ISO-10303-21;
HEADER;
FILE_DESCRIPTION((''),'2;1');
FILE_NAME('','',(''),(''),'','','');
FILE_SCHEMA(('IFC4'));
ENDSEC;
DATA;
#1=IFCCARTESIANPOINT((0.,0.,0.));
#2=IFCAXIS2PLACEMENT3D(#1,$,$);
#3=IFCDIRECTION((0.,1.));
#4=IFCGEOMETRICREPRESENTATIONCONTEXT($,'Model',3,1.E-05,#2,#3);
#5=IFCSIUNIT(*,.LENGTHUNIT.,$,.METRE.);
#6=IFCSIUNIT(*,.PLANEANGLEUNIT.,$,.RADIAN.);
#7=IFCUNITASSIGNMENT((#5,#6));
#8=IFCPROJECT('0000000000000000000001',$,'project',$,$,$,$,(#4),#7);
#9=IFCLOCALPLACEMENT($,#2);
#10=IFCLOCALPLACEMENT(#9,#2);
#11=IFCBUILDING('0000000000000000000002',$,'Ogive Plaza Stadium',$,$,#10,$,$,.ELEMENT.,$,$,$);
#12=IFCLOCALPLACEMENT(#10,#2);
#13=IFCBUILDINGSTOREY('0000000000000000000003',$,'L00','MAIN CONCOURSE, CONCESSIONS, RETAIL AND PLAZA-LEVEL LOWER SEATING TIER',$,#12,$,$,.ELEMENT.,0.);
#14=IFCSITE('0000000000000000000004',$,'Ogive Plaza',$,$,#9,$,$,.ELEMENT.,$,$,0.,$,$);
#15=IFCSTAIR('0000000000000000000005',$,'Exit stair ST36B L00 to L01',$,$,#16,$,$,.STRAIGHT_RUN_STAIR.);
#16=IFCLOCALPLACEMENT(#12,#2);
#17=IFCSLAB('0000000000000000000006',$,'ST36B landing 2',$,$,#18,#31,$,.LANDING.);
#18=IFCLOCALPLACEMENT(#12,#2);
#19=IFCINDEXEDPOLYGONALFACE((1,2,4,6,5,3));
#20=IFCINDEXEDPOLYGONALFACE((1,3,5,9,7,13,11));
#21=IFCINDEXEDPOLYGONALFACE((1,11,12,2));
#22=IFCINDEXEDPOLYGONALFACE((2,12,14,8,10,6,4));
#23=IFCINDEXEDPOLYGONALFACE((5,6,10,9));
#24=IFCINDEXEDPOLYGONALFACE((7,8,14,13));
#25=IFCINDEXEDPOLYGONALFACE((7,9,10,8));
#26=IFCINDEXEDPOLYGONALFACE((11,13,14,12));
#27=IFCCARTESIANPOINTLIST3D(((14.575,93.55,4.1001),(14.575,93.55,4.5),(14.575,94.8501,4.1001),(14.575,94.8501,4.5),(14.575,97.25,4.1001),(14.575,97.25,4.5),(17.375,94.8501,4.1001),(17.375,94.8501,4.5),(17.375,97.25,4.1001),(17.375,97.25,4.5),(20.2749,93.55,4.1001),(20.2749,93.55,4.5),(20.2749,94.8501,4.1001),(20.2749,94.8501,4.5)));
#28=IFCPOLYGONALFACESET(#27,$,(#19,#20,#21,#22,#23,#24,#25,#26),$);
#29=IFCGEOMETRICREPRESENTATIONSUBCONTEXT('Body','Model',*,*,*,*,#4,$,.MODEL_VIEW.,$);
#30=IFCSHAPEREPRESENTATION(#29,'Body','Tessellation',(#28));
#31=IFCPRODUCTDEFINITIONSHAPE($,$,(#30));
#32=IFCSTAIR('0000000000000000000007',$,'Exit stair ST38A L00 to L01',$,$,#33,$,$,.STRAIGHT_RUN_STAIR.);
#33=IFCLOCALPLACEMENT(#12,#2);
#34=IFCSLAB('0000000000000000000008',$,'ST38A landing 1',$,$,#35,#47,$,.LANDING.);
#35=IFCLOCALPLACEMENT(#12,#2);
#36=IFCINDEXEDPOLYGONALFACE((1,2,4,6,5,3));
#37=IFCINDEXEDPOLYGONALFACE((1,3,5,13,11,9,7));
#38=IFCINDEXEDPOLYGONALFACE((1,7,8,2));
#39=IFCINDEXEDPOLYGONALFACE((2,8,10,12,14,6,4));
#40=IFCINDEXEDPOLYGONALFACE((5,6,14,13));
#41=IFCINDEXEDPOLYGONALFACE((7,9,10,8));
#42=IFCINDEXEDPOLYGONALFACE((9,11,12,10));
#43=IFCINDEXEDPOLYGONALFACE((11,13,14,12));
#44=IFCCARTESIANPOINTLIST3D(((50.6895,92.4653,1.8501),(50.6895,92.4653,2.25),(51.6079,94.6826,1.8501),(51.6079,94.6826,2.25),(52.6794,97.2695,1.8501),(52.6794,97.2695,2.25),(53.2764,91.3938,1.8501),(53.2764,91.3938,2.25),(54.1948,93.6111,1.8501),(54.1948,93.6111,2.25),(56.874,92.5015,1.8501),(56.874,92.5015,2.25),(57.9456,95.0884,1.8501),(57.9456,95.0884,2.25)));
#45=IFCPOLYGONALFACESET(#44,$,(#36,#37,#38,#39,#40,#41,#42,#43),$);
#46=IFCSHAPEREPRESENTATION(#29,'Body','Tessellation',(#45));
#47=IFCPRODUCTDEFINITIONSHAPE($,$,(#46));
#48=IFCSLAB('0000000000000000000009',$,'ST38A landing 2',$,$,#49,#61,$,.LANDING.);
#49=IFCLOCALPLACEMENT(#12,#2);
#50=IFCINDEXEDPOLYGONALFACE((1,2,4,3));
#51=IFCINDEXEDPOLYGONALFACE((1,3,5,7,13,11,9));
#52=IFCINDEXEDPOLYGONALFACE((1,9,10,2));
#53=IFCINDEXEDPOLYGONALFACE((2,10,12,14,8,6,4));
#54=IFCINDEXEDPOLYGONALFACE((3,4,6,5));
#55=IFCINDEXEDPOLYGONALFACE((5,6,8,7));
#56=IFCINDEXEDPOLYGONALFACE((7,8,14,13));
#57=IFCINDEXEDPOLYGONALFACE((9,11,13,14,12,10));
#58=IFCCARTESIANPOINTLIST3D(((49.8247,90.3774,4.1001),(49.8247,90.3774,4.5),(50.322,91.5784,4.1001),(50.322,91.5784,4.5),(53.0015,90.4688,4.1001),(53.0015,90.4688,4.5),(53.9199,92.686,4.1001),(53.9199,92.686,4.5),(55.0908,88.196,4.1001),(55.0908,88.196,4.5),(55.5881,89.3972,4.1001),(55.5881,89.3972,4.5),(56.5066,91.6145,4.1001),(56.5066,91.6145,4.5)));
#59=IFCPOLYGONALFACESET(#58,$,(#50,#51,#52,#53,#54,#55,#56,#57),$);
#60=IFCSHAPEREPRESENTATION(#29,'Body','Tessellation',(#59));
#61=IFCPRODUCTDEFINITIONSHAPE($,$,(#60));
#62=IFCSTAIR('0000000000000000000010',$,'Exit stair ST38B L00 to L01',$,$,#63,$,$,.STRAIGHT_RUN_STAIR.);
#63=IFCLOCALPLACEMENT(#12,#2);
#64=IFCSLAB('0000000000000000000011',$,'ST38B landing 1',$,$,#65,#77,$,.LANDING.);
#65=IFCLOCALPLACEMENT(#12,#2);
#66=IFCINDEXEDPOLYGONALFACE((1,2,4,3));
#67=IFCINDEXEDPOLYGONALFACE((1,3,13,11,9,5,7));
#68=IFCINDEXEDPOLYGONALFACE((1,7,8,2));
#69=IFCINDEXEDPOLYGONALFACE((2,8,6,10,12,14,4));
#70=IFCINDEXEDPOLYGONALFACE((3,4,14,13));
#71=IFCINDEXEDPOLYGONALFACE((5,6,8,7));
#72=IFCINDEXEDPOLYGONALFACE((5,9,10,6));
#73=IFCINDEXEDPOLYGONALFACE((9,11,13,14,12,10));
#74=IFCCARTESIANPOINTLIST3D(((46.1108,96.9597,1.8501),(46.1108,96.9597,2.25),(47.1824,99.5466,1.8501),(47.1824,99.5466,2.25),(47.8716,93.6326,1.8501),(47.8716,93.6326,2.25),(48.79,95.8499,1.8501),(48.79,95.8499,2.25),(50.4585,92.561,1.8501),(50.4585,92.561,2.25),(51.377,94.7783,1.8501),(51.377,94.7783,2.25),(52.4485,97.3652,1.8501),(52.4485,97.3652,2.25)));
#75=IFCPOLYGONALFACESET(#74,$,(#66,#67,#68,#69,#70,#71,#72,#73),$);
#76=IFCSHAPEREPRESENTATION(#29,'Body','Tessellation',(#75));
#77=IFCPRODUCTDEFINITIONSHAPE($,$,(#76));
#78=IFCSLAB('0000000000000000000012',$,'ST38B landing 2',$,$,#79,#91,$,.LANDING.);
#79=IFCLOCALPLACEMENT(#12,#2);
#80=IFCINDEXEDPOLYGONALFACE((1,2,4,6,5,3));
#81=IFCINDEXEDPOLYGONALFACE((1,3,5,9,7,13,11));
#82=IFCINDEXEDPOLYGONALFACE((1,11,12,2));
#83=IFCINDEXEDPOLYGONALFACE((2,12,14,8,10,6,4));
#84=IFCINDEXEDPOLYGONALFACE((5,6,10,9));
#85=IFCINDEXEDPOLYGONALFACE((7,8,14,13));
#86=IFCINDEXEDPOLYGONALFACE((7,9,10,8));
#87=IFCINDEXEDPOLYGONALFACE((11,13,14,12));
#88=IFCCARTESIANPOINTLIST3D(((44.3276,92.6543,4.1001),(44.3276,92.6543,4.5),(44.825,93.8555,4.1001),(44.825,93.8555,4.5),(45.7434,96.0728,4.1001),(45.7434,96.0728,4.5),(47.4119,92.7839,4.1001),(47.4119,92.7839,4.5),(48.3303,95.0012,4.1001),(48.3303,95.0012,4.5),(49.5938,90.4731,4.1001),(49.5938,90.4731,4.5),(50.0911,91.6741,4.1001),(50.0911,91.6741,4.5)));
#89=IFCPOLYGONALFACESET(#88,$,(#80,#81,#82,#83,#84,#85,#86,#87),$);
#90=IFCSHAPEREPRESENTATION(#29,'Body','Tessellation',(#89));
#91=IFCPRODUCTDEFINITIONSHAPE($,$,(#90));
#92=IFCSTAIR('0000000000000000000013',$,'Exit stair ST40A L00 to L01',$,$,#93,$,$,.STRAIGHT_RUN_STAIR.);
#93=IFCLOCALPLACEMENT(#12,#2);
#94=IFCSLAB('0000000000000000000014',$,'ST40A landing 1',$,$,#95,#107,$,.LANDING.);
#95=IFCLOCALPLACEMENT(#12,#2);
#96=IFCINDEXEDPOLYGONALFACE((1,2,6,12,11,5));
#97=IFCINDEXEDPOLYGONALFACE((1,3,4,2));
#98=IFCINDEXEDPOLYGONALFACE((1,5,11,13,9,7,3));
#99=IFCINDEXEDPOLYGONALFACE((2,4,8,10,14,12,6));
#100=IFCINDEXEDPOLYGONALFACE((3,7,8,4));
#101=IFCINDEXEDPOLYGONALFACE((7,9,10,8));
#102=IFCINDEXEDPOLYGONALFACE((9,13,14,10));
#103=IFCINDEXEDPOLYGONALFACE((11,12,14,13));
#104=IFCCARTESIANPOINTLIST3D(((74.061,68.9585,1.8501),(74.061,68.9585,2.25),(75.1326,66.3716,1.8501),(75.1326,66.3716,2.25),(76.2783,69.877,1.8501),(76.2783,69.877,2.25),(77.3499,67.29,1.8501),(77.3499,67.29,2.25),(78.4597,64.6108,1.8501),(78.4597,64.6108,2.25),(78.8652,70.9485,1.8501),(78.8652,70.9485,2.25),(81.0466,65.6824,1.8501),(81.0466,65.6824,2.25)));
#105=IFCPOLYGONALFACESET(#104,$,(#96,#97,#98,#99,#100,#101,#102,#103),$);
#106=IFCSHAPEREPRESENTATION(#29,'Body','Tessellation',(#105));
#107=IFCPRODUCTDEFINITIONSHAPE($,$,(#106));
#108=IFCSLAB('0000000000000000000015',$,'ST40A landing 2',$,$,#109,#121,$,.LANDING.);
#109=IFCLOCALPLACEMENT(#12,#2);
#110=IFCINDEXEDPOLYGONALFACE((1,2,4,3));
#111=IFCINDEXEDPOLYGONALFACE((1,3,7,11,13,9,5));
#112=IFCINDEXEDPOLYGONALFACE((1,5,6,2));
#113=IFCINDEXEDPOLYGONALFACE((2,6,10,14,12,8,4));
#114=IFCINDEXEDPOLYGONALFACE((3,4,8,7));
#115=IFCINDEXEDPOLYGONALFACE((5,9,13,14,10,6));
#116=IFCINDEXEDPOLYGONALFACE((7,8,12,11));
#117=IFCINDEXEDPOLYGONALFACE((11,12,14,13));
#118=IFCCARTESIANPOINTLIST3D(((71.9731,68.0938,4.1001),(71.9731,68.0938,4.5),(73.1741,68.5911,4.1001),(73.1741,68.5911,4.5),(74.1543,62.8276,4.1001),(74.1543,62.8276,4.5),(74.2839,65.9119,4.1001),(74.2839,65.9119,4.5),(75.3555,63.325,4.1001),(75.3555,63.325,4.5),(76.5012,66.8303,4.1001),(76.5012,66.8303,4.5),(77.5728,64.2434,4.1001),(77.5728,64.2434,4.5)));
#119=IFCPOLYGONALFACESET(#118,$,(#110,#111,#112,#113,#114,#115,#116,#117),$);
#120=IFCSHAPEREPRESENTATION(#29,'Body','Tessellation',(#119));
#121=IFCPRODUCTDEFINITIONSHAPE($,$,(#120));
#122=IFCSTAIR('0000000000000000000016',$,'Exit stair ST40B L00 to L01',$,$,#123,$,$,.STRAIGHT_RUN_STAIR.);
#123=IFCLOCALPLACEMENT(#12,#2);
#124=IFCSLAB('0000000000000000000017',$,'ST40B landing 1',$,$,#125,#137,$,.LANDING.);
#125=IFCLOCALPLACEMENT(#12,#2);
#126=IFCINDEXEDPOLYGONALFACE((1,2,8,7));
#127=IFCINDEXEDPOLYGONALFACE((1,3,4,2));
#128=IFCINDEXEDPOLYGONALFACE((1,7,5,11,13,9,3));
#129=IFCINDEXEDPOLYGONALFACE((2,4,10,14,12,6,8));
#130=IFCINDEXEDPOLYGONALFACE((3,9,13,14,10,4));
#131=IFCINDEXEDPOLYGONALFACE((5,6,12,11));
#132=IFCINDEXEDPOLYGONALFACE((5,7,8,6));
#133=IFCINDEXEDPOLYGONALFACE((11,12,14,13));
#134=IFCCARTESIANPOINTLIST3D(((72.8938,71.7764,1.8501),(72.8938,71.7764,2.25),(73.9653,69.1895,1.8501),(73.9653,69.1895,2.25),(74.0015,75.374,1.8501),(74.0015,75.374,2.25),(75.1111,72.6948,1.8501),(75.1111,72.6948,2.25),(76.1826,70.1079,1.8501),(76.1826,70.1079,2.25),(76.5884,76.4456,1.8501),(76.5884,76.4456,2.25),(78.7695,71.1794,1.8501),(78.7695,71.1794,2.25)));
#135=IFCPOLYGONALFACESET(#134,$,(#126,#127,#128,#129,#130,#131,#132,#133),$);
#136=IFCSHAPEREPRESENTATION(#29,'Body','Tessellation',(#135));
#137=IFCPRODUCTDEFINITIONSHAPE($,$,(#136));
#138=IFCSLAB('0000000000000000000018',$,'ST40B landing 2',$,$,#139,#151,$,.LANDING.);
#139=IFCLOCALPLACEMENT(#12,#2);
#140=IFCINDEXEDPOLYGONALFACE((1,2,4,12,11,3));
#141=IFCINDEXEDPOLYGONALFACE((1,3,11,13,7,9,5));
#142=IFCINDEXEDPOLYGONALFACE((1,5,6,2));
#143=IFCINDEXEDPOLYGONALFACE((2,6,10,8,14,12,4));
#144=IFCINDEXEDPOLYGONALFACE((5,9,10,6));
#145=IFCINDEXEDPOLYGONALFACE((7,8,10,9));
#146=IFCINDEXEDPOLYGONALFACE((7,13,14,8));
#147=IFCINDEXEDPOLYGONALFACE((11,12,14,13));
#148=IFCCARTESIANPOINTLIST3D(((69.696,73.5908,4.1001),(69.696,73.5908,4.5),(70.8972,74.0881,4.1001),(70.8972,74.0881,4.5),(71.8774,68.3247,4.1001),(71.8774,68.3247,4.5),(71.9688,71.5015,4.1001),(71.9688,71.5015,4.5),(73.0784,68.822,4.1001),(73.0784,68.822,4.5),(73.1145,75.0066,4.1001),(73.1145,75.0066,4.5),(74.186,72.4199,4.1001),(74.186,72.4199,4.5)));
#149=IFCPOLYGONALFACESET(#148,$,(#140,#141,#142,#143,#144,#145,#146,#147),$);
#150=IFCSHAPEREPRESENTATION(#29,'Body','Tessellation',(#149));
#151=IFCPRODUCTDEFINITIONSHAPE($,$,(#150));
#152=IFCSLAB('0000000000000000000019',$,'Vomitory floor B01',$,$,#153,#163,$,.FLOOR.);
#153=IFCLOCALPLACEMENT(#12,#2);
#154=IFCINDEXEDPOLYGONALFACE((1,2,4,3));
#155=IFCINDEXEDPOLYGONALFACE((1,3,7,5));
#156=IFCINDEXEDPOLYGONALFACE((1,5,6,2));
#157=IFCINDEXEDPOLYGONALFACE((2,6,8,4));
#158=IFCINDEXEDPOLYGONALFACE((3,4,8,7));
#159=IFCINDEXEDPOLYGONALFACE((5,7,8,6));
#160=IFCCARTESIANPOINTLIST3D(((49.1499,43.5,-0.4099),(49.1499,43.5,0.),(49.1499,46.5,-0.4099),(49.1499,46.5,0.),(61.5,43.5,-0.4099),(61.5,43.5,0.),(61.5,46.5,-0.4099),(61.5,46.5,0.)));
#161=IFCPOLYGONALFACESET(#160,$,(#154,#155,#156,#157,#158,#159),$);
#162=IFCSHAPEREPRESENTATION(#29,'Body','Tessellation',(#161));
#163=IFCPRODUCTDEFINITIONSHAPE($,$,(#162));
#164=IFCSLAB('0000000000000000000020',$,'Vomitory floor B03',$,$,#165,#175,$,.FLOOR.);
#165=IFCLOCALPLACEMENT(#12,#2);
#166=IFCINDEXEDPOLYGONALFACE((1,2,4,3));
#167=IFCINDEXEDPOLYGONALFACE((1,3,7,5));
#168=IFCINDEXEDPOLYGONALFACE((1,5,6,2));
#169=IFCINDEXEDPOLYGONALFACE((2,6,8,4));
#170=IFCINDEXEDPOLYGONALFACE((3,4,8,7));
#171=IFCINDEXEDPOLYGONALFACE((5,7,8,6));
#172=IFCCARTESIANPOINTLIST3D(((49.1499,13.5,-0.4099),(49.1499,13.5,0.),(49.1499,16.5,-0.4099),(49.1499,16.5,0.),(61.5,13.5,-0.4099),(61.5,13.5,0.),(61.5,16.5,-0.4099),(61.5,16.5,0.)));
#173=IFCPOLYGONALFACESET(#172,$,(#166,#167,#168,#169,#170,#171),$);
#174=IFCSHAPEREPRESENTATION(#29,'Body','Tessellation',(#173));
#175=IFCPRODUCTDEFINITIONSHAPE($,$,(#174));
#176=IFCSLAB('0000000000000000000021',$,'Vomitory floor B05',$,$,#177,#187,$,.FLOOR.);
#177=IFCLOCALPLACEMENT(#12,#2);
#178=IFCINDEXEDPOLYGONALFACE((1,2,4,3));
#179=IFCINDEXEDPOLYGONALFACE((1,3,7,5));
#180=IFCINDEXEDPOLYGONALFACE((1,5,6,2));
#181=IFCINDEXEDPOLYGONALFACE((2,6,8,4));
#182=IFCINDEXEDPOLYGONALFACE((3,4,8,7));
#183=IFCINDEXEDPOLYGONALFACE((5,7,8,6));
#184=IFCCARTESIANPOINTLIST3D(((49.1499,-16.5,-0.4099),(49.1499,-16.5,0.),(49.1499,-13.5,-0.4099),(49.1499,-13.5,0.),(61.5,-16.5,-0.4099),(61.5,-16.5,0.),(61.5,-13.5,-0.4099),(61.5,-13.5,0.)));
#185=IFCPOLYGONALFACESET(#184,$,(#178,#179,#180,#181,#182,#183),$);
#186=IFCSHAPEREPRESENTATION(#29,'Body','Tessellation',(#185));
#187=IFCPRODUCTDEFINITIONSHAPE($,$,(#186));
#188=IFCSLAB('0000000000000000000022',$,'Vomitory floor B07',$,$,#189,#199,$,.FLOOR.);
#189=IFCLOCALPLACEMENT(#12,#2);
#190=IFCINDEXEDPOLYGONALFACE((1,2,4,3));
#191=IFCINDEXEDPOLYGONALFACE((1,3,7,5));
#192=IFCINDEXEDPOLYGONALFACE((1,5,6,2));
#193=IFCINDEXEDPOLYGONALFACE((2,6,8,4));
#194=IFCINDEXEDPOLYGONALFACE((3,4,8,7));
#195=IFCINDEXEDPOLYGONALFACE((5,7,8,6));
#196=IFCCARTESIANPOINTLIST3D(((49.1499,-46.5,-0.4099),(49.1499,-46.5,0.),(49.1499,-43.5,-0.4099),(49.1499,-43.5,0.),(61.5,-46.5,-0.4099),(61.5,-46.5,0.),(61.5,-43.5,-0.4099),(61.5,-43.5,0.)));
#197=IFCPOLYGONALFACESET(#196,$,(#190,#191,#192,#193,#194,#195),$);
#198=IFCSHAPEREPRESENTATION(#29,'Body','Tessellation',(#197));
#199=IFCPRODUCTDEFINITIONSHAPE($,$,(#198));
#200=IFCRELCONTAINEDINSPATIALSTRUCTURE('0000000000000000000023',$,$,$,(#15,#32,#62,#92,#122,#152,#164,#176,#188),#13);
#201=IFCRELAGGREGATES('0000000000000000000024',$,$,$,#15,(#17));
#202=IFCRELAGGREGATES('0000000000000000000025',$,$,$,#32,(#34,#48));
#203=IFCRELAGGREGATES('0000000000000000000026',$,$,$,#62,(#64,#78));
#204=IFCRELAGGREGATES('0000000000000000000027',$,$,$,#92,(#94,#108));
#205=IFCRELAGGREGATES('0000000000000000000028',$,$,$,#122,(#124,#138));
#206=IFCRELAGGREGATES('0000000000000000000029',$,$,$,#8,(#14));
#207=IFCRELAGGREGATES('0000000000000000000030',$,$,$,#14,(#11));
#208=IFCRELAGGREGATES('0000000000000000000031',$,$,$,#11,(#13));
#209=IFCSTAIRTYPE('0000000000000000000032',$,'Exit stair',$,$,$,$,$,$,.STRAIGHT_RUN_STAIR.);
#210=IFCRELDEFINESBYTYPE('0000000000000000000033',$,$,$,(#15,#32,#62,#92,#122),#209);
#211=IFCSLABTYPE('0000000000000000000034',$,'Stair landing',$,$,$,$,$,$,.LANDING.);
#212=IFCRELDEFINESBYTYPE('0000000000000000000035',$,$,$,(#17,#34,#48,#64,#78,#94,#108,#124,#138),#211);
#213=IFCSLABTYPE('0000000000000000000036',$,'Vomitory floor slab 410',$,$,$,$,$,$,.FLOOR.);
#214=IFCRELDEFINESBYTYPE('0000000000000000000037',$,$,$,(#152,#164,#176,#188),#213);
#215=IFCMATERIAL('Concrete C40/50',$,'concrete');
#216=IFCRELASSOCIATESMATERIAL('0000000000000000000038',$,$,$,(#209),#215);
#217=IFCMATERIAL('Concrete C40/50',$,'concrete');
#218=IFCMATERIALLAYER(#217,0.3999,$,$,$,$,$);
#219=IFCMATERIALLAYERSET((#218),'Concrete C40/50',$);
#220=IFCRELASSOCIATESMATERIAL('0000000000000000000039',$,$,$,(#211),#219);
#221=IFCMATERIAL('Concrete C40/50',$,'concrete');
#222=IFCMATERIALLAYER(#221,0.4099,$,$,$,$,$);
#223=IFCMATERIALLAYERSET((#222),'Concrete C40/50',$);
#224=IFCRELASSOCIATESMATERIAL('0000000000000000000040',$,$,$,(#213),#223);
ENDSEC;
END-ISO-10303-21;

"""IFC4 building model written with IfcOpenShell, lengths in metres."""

from ifc_helpers import new_model, si_unit, direction, frame, origin, place, context, subcontext, project, spatial, polyline, outline, extrude, material, layer, layer_set, type_object, element, aggregate, save


model = new_model("IFC4")

# Units and contexts
model_context = context("Model", 3, precision=1e-05, world=origin(), true_north=direction((0.0, 1.0)))
body_context = subcontext(model_context, "Body", "Model", "MODEL_VIEW")
ifc_project = project(units=[si_unit("LENGTHUNIT", "METRE"), si_unit("PLANEANGLEUNIT", "RADIAN")], contexts=[model_context])

# Site, building, storey
site_placement = place(None, origin())
site = spatial("IfcSite", under=ifc_project, at=site_placement, Name="Ogive Plaza", CompositionType="ELEMENT", RefElevation=0.0)
building_placement = place(site_placement, origin())
building = spatial("IfcBuilding", under=site, at=building_placement, Name="Ogive Plaza Stadium", CompositionType="ELEMENT")
storey_placement = place(building_placement, origin())
storey = spatial("IfcBuildingStorey", under=building, at=storey_placement, Name="L00", Description="MAIN CONCOURSE, CONCESSIONS, RETAIL AND PLAZA-LEVEL LOWER SEATING TIER", CompositionType="ELEMENT", Elevation=0.0)

# Stairs, slabs
ifc_material_1 = material(Name="Concrete C40/50", Category="concrete")
stair_type = type_object("IfcStairType", Name="Exit stair", PredefinedType="STRAIGHT_RUN_STAIR", material=ifc_material_1)
stair_1_placement = place(storey_placement, origin())
stair_1 = element("IfcStair", 1, at=stair_1_placement, inside=storey, type_object=stair_type, Name="Exit stair ST36B L00 to L01", PredefinedType="STRAIGHT_RUN_STAIR")
ifc_material_2 = material(Name="Concrete C40/50", Category="concrete")
ifc_layer_1 = layer(ifc_material_2, 0.3999)
ifc_layer_set_1 = layer_set([ifc_layer_1], Name="Concrete C40/50")
slab_type_1 = type_object("IfcSlabType", Name="Stair landing", PredefinedType="LANDING", material=ifc_layer_set_1)
slab_1_placement = place(storey_placement, frame((0.0, 0.0, 4.1001)))
slab_1 = element("IfcSlab", 2, at=slab_1_placement, type_object=slab_type_1, Name="ST36B landing 2", PredefinedType="LANDING", context=body_context, shape_type="SweptSolid", body=[
    extrude(outline(polyline([(20.2749, 94.8501), (20.2749, 93.55), (14.575, 93.55), (14.575, 94.8501), (14.575, 97.25), (17.375, 97.25), (17.375, 94.8501), (20.2749, 94.8501)])), origin(), (0.0, 0.0, 1.0), 0.3999),
])
aggregate(stair_1, [slab_1])
stair_2_placement = place(storey_placement, origin())
stair_2 = element("IfcStair", 3, at=stair_2_placement, inside=storey, type_object=stair_type, Name="Exit stair ST38A L00 to L01", PredefinedType="STRAIGHT_RUN_STAIR")
slab_2_placement = place(storey_placement, frame((0.0, 0.0, 1.8501)))
slab_2 = element("IfcSlab", 4, at=slab_2_placement, type_object=slab_type_1, Name="ST38A landing 1", PredefinedType="LANDING", context=body_context, shape_type="SweptSolid", body=[
    extrude(outline(polyline([(52.6794, 97.2695), (57.9456, 95.0884), (56.874, 92.5015), (54.1948, 93.6111), (53.2764, 91.3938), (50.6895, 92.4653), (51.6079, 94.6826), (52.6794, 97.2695)])), origin(), (0.0, 0.0, 1.0), 0.3999),
])
slab_3_placement = place(storey_placement, frame((0.0, 0.0, 4.1001)))
slab_3 = element("IfcSlab", 5, at=slab_3_placement, type_object=slab_type_1, Name="ST38A landing 2", PredefinedType="LANDING", context=body_context, shape_type="SweptSolid", body=[
    extrude(outline(polyline([(53.9199, 92.686), (56.5066, 91.6145), (55.5881, 89.3972), (55.0908, 88.196), (49.8247, 90.3774), (50.322, 91.5784), (53.0015, 90.4688), (53.9199, 92.686)])), origin(), (0.0, 0.0, 1.0), 0.3999),
])
aggregate(stair_2, [slab_2, slab_3])
stair_3_placement = place(storey_placement, origin())
stair_3 = element("IfcStair", 6, at=stair_3_placement, inside=storey, type_object=stair_type, Name="Exit stair ST38B L00 to L01", PredefinedType="STRAIGHT_RUN_STAIR")
slab_4_placement = place(storey_placement, frame((0.0, 0.0, 1.8501)))
slab_4 = element("IfcSlab", 7, at=slab_4_placement, type_object=slab_type_1, Name="ST38B landing 1", PredefinedType="LANDING", context=body_context, shape_type="SweptSolid", body=[
    extrude(outline(polyline([(50.4585, 92.561), (47.8716, 93.6326), (48.79, 95.8499), (46.1108, 96.9597), (47.1824, 99.5466), (52.4485, 97.3652), (51.377, 94.7783), (50.4585, 92.561)])), origin(), (0.0, 0.0, 1.0), 0.3999),
])
slab_5_placement = place(storey_placement, frame((0.0, 0.0, 4.1001)))
slab_5 = element("IfcSlab", 8, at=slab_5_placement, type_object=slab_type_1, Name="ST38B landing 2", PredefinedType="LANDING", context=body_context, shape_type="SweptSolid", body=[
    extrude(outline(polyline([(50.0911, 91.6741), (49.5938, 90.4731), (44.3276, 92.6543), (44.825, 93.8555), (45.7434, 96.0728), (48.3303, 95.0012), (47.4119, 92.7839), (50.0911, 91.6741)])), origin(), (0.0, 0.0, 1.0), 0.3999),
])
aggregate(stair_3, [slab_4, slab_5])
stair_4_placement = place(storey_placement, origin())
stair_4 = element("IfcStair", 9, at=stair_4_placement, inside=storey, type_object=stair_type, Name="Exit stair ST40A L00 to L01", PredefinedType="STRAIGHT_RUN_STAIR")
slab_6_placement = place(storey_placement, frame((0.0, 0.0, 1.8501)))
slab_6 = element("IfcSlab", 10, at=slab_6_placement, type_object=slab_type_1, Name="ST40A landing 1", PredefinedType="LANDING", context=body_context, shape_type="SweptSolid", body=[
    extrude(outline(polyline([(78.8652, 70.9485), (81.0466, 65.6824), (78.4597, 64.6108), (77.3499, 67.29), (75.1326, 66.3716), (74.061, 68.9585), (76.2783, 69.877), (78.8652, 70.9485)])), origin(), (0.0, 0.0, 1.0), 0.3999),
])
slab_7_placement = place(storey_placement, frame((0.0, 0.0, 4.1001)))
slab_7 = element("IfcSlab", 11, at=slab_7_placement, type_object=slab_type_1, Name="ST40A landing 2", PredefinedType="LANDING", context=body_context, shape_type="SweptSolid", body=[
    extrude(outline(polyline([(76.5012, 66.8303), (77.5728, 64.2434), (75.3555, 63.325), (74.1543, 62.8276), (71.9731, 68.0938), (73.1741, 68.5911), (74.2839, 65.9119), (76.5012, 66.8303)])), origin(), (0.0, 0.0, 1.0), 0.3999),
])
aggregate(stair_4, [slab_6, slab_7])
stair_5_placement = place(storey_placement, origin())
stair_5 = element("IfcStair", 12, at=stair_5_placement, inside=storey, type_object=stair_type, Name="Exit stair ST40B L00 to L01", PredefinedType="STRAIGHT_RUN_STAIR")
slab_8_placement = place(storey_placement, frame((0.0, 0.0, 1.8501)))
slab_8 = element("IfcSlab", 13, at=slab_8_placement, type_object=slab_type_1, Name="ST40B landing 1", PredefinedType="LANDING", context=body_context, shape_type="SweptSolid", body=[
    extrude(outline(polyline([(73.9653, 69.1895), (72.8938, 71.7764), (75.1111, 72.6948), (74.0015, 75.374), (76.5884, 76.4456), (78.7695, 71.1794), (76.1826, 70.1079), (73.9653, 69.1895)])), origin(), (0.0, 0.0, 1.0), 0.3999),
])
slab_9_placement = place(storey_placement, frame((0.0, 0.0, 4.1001)))
slab_9 = element("IfcSlab", 14, at=slab_9_placement, type_object=slab_type_1, Name="ST40B landing 2", PredefinedType="LANDING", context=body_context, shape_type="SweptSolid", body=[
    extrude(outline(polyline([(73.0784, 68.822), (71.8774, 68.3247), (69.696, 73.5908), (70.8972, 74.0881), (73.1145, 75.0066), (74.186, 72.4199), (71.9688, 71.5015), (73.0784, 68.822)])), origin(), (0.0, 0.0, 1.0), 0.3999),
])
aggregate(stair_5, [slab_8, slab_9])

# Slabs
ifc_material_3 = material(Name="Concrete C40/50", Category="concrete")
ifc_layer_2 = layer(ifc_material_3, 0.4099)
ifc_layer_set_2 = layer_set([ifc_layer_2], Name="Concrete C40/50")
slab_type_2 = type_object("IfcSlabType", Name="Vomitory floor slab 410", PredefinedType="FLOOR", material=ifc_layer_set_2)
slab_10_placement = place(storey_placement, frame((0.0, 0.0, -0.4099)))
element("IfcSlab", 15, at=slab_10_placement, inside=storey, type_object=slab_type_2, Name="Vomitory floor B01", PredefinedType="FLOOR", context=body_context, shape_type="SweptSolid", body=[
    extrude(outline(polyline([(49.1499, 43.5), (49.1499, 46.5), (61.5, 46.5), (61.5, 43.5), (49.1499, 43.5)])), origin(), (0.0, 0.0, 1.0), 0.4099),
])
slab_11_placement = place(storey_placement, frame((0.0, 0.0, -0.4099)))
element("IfcSlab", 16, at=slab_11_placement, inside=storey, type_object=slab_type_2, Name="Vomitory floor B03", PredefinedType="FLOOR", context=body_context, shape_type="SweptSolid", body=[
    extrude(outline(polyline([(49.1499, 13.5), (49.1499, 16.5), (61.5, 16.5), (61.5, 13.5), (49.1499, 13.5)])), origin(), (0.0, 0.0, 1.0), 0.4099),
])
slab_12_placement = place(storey_placement, frame((0.0, 0.0, -0.4099)))
element("IfcSlab", 17, at=slab_12_placement, inside=storey, type_object=slab_type_2, Name="Vomitory floor B05", PredefinedType="FLOOR", context=body_context, shape_type="SweptSolid", body=[
    extrude(outline(polyline([(49.1499, -16.5), (49.1499, -13.5), (61.5, -13.5), (61.5, -16.5), (49.1499, -16.5)])), origin(), (0.0, 0.0, 1.0), 0.4099),
])
slab_13_placement = place(storey_placement, frame((0.0, 0.0, -0.4099)))
element("IfcSlab", 18, at=slab_13_placement, inside=storey, type_object=slab_type_2, Name="Vomitory floor B07", PredefinedType="FLOOR", context=body_context, shape_type="SweptSolid", body=[
    extrude(outline(polyline([(49.1499, -46.5), (49.1499, -43.5), (61.5, -43.5), (61.5, -46.5), (49.1499, -46.5)])), origin(), (0.0, 0.0, 1.0), 0.4099),
])

save(model, "model.ifc")
